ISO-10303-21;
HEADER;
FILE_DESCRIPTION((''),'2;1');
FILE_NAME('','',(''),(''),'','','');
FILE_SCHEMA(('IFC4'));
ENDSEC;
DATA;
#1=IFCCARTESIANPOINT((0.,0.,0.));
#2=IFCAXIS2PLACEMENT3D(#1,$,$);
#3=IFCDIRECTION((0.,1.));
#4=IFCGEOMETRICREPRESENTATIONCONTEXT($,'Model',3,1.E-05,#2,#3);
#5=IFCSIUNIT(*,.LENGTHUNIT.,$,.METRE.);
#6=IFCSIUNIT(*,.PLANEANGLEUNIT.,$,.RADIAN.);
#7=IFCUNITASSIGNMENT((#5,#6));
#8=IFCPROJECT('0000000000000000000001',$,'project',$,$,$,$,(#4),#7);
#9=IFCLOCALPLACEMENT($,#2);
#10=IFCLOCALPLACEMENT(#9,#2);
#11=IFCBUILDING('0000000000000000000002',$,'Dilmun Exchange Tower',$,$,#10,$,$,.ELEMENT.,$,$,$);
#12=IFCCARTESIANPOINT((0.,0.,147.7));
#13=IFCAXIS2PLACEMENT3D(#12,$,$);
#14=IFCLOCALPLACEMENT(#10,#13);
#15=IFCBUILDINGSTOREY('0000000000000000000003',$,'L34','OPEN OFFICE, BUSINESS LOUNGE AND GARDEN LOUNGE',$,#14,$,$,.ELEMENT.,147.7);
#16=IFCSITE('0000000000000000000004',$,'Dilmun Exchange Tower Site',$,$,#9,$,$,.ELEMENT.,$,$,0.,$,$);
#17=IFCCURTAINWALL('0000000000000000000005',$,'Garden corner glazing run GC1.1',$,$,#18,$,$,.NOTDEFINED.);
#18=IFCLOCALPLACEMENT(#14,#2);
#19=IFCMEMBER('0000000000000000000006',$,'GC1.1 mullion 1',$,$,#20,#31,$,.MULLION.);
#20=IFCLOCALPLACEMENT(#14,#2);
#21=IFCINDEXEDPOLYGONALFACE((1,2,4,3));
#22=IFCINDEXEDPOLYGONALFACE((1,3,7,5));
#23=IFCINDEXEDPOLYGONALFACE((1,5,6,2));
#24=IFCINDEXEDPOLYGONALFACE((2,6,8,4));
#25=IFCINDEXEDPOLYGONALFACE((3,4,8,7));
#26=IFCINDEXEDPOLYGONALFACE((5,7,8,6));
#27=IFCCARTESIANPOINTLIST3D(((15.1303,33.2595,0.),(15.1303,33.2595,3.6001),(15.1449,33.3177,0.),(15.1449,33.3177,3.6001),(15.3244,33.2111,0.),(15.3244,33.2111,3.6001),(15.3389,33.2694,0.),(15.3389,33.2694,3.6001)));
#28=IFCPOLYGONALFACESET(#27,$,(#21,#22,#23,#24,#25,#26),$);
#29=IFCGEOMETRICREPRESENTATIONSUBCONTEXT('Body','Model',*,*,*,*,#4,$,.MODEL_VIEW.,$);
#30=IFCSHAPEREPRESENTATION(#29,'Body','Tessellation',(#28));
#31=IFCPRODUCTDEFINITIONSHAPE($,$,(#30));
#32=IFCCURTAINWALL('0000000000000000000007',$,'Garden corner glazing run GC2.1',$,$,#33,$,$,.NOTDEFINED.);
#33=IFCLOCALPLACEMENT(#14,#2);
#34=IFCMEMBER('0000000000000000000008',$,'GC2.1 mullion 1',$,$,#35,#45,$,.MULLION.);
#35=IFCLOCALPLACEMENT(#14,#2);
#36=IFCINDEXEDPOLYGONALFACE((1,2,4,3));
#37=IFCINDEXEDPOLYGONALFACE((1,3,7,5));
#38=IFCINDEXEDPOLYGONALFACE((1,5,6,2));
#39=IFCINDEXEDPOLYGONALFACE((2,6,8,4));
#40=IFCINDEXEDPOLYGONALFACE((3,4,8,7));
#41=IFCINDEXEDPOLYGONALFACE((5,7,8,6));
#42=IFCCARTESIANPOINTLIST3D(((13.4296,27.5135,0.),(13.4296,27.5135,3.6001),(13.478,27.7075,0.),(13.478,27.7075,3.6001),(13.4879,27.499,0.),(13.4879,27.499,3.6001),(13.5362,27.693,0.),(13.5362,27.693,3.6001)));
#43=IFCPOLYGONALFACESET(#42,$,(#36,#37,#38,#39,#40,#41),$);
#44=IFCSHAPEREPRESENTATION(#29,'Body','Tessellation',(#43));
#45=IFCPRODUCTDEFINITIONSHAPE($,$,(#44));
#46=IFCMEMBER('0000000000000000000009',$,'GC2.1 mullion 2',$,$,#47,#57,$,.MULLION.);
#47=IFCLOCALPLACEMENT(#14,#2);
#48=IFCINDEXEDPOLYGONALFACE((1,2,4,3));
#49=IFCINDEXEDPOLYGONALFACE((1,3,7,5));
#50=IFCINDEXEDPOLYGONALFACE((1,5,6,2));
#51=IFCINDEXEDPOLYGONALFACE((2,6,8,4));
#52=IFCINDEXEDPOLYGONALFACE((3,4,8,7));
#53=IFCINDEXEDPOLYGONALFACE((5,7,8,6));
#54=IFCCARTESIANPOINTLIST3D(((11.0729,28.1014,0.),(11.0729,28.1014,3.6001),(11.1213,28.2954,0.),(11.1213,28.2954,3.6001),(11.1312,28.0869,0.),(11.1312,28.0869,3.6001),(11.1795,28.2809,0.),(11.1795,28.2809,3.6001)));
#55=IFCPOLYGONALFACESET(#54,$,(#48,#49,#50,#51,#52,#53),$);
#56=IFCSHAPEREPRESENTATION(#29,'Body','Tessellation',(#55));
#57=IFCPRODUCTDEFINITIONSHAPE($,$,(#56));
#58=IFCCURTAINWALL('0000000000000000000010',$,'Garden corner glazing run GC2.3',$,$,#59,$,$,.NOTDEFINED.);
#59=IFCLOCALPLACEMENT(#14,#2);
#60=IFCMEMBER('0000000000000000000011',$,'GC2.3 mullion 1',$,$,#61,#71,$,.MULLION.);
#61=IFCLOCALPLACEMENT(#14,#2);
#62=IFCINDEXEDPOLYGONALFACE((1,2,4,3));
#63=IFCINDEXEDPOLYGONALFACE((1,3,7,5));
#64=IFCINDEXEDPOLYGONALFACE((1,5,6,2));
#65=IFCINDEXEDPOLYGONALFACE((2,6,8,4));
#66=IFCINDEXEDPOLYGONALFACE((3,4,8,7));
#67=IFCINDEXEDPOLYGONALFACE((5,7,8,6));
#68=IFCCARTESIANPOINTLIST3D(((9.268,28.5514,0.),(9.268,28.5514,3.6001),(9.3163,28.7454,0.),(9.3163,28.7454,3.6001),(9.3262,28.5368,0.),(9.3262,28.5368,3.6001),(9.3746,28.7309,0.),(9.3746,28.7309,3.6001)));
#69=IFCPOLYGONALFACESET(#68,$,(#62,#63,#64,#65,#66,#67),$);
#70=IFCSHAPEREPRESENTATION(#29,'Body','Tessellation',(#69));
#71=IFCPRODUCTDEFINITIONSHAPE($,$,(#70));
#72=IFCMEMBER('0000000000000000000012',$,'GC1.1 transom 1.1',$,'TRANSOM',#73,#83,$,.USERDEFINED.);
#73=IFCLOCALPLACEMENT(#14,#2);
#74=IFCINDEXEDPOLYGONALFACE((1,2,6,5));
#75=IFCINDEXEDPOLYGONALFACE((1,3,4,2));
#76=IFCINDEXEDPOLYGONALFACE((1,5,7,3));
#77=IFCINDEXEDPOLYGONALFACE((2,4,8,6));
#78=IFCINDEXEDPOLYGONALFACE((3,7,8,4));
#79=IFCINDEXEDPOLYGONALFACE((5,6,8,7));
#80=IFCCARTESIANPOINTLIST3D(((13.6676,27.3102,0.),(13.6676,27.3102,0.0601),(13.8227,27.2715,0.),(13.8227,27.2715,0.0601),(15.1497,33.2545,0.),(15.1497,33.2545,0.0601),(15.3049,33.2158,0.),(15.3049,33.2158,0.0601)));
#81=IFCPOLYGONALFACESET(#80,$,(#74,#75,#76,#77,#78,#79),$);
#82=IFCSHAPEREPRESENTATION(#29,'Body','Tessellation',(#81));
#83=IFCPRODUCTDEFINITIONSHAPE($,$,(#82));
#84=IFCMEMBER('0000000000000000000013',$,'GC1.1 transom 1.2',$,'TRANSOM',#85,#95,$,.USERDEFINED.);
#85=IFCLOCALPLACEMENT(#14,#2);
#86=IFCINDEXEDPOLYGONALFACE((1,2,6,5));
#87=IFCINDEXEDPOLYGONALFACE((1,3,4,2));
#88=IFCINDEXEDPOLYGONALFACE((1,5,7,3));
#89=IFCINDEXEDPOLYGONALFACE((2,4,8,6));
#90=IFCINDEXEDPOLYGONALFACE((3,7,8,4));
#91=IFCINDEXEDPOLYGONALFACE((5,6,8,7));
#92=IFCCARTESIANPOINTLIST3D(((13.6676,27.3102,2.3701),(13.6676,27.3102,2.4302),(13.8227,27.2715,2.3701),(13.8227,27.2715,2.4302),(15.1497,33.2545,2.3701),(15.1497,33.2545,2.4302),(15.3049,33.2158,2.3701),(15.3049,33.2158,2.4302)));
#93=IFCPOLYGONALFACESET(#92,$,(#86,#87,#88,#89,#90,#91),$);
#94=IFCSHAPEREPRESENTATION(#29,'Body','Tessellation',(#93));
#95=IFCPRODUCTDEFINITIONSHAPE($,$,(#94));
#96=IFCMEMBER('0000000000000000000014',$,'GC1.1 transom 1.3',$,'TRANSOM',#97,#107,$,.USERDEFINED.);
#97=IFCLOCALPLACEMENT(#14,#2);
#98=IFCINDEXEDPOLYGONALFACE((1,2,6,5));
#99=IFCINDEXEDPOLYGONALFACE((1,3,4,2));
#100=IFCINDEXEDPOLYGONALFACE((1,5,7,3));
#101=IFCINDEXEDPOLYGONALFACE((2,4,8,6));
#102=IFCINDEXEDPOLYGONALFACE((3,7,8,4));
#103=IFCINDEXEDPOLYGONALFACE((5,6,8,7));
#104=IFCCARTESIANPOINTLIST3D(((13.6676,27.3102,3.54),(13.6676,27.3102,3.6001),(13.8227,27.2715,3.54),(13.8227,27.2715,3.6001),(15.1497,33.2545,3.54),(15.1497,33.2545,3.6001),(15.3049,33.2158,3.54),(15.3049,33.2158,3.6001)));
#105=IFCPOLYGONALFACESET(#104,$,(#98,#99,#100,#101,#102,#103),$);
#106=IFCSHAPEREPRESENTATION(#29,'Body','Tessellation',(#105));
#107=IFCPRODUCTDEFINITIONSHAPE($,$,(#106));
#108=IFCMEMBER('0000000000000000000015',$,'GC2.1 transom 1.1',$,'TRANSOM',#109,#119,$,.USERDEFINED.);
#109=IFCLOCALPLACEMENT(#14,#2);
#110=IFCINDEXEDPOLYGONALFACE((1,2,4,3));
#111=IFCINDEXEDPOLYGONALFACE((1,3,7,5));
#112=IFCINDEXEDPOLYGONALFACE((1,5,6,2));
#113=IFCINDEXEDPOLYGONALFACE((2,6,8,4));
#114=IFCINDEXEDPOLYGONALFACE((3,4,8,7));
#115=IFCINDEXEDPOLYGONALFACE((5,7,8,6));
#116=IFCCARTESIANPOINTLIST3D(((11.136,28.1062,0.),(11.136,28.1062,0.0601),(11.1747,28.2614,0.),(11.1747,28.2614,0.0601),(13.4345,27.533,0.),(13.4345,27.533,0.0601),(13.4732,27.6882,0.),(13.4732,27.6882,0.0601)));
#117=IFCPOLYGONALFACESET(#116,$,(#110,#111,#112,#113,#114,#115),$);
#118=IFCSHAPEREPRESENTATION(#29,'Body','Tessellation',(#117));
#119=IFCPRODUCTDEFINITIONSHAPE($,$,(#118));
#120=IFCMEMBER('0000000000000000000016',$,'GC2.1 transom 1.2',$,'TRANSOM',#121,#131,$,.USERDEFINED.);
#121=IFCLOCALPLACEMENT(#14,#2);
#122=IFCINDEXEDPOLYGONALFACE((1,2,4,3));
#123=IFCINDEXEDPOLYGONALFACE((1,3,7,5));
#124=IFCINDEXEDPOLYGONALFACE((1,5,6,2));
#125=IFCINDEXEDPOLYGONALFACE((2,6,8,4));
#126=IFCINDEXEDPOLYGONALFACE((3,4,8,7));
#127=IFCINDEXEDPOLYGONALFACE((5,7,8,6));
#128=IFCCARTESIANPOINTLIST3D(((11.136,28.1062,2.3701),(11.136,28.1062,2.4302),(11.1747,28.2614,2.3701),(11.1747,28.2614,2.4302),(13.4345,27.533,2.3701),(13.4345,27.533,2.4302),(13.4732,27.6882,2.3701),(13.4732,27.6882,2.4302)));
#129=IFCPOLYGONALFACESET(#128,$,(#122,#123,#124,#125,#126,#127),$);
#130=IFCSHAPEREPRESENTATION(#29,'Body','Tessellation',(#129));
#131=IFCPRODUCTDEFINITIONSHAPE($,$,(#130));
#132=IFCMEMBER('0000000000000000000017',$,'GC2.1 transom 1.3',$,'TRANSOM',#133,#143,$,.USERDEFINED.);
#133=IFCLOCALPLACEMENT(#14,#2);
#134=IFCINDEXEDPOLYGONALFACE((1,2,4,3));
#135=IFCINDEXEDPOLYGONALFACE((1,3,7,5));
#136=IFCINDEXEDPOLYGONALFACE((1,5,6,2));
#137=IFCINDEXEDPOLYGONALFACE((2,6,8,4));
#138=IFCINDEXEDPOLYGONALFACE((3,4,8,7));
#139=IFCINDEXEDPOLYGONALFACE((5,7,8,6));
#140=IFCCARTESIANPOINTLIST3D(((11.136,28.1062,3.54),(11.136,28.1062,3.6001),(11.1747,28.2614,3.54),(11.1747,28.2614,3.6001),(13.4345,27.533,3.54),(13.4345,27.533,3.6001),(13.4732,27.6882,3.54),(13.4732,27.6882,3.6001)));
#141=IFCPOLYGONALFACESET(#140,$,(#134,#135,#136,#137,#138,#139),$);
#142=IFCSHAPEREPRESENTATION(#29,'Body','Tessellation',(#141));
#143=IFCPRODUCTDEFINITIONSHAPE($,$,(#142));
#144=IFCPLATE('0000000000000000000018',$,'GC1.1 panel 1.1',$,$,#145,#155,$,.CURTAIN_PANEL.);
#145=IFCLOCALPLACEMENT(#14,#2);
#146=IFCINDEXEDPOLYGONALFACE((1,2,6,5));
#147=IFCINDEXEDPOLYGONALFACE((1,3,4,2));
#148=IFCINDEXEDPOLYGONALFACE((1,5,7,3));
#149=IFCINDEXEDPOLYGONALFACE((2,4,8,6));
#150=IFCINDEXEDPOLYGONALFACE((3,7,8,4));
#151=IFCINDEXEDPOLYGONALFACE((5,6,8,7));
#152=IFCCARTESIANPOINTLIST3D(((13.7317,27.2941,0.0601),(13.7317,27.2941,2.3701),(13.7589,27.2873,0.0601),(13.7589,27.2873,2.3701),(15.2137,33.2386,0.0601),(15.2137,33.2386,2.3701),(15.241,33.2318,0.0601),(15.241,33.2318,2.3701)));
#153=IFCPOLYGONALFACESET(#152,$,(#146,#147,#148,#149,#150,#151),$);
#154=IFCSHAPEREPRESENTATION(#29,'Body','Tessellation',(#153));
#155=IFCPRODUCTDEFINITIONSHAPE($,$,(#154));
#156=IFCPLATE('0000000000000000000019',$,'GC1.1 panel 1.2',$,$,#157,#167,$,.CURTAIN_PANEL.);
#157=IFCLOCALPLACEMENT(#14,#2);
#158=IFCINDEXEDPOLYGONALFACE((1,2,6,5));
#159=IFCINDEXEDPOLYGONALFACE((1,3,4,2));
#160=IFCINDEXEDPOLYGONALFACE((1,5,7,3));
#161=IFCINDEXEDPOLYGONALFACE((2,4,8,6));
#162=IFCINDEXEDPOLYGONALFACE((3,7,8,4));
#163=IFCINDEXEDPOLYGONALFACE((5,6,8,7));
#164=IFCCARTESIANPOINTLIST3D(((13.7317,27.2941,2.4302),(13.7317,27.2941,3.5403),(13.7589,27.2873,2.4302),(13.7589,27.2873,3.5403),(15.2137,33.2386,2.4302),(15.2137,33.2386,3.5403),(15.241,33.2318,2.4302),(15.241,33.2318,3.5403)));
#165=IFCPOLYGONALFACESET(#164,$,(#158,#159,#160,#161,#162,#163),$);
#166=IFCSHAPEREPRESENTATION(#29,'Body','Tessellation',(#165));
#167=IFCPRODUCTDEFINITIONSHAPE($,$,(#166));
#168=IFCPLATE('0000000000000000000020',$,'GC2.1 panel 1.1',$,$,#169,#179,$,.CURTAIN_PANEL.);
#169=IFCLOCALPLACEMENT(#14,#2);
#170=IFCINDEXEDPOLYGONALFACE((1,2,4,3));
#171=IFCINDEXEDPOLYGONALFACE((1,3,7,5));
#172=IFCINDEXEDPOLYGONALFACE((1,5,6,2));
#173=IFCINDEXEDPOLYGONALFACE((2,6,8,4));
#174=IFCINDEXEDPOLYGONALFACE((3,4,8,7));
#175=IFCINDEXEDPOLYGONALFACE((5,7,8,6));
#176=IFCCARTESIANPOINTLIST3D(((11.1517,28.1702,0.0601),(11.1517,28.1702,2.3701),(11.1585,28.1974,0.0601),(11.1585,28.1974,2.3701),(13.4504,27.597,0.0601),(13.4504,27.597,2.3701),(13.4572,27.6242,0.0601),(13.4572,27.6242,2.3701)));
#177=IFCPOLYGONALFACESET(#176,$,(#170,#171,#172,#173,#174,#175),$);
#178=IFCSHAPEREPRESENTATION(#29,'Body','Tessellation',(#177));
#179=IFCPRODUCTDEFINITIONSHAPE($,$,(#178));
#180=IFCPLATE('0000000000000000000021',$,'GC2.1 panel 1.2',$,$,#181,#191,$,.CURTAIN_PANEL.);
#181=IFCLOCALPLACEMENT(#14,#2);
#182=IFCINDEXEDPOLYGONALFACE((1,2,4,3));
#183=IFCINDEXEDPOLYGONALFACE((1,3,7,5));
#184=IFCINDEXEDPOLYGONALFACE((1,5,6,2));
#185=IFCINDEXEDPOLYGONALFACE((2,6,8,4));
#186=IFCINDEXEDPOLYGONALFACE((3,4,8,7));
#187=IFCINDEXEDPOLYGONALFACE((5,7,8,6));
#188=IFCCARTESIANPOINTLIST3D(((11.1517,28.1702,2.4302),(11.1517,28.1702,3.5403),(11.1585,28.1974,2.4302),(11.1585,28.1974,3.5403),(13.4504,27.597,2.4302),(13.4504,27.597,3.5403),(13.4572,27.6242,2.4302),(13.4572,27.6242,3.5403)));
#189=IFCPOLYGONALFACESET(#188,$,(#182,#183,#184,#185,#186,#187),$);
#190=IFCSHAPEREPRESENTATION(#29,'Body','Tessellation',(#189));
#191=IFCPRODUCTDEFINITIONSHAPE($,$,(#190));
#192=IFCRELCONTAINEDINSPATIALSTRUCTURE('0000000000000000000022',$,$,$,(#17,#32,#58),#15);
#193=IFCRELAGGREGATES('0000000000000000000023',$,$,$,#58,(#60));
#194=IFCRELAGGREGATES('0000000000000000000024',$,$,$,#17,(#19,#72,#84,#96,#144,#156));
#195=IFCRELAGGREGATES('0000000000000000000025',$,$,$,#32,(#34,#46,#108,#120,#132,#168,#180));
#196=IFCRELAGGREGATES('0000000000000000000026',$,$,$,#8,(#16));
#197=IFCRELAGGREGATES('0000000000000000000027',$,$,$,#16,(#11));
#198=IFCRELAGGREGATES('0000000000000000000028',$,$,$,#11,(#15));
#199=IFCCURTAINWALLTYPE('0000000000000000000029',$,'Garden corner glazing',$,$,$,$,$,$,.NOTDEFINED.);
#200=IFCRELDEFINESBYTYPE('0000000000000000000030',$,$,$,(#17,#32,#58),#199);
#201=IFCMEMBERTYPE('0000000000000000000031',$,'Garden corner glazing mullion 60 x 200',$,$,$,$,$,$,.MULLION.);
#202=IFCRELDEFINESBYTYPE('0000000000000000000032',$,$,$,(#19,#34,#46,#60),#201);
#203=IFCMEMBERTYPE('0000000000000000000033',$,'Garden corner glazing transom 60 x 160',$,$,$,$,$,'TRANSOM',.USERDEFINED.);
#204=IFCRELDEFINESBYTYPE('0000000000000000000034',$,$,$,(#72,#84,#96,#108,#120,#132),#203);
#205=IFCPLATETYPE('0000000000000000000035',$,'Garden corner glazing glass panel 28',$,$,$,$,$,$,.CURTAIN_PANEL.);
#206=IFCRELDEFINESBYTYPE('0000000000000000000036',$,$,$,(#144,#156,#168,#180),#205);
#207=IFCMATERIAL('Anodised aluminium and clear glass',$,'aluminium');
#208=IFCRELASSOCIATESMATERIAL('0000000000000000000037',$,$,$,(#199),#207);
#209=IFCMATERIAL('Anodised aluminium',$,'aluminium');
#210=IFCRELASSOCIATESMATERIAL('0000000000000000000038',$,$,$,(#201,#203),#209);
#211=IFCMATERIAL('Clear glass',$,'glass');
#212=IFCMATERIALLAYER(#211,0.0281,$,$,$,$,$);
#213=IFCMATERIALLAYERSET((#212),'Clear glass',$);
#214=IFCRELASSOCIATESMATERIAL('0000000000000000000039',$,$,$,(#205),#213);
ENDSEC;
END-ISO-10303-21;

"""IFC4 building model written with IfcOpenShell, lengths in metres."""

from ifc_helpers import new_model, si_unit, direction, frame, origin, origin_2d, place, context, subcontext, project, spatial, rectangle, extrude, material, layer, layer_set, material_profile, profile_set, type_object, element, aggregate, save


model = new_model("IFC4")

# Units and contexts
model_context = context("Model", 3, precision=1e-05, world=origin(), true_north=direction((0.0, 1.0)))
body_context = subcontext(model_context, "Body", "Model", "MODEL_VIEW")
ifc_project = project(units=[si_unit("LENGTHUNIT", "METRE"), si_unit("PLANEANGLEUNIT", "RADIAN")], contexts=[model_context])

# Site, building, storey
site_placement = place(None, origin())
site = spatial("IfcSite", under=ifc_project, at=site_placement, Name="Dilmun Exchange Tower Site", CompositionType="ELEMENT", RefElevation=0.0)
building_placement = place(site_placement, origin())
building = spatial("IfcBuilding", under=site, at=building_placement, Name="Dilmun Exchange Tower", CompositionType="ELEMENT")
storey_placement = place(building_placement, frame((0.0, 0.0, 147.7)))
storey = spatial("IfcBuildingStorey", under=building, at=storey_placement, Name="L34", Description="OPEN OFFICE, BUSINESS LOUNGE AND GARDEN LOUNGE", CompositionType="ELEMENT", Elevation=147.7)

# Curtain wall, member
ifc_material_1 = material(Name="Anodised aluminium and clear glass", Category="aluminium")
curtain_wall_type = type_object("IfcCurtainWallType", Name="Garden corner glazing", PredefinedType="NOTDEFINED", material=ifc_material_1)
curtain_wall_1_placement = place(storey_placement, origin())
curtain_wall_1 = element("IfcCurtainWall", 1, at=curtain_wall_1_placement, inside=storey, type_object=curtain_wall_type, Name="Garden corner glazing run GC1.1", PredefinedType="NOTDEFINED")
ifc_material_2 = material(Name="Anodised aluminium", Category="aluminium")
ifc_material_profile_1 = material_profile(ifc_material_2, rectangle(XDim=0.2, YDim=0.0601, at=origin_2d()), Name="AL 60x200")
ifc_profile_set_1 = profile_set([ifc_material_profile_1], Name="Anodised aluminium")
member_type_1 = type_object("IfcMemberType", Name="Garden corner glazing mullion 60 x 200", PredefinedType="MULLION", material=ifc_profile_set_1)
member_1_placement = place(storey_placement, frame((15.2346, 33.2644, 0.0), z_axis=(0.0, 0.0, 1.0), x_axis=(0.970298, -0.241914, 0.0)))
member_1 = element("IfcMember", 2, at=member_1_placement, type_object=member_type_1, Name="GC1.1 mullion 1", PredefinedType="MULLION", context=body_context, shape_type="SweptSolid", body=[
    extrude(rectangle(XDim=0.2, YDim=0.0601, at=origin_2d()), origin(), (0.0, 0.0, 1.0), 3.6001),
])

# Curtain wall, members
curtain_wall_2_placement = place(storey_placement, origin())
curtain_wall_2 = element("IfcCurtainWall", 3, at=curtain_wall_2_placement, inside=storey, type_object=curtain_wall_type, Name="Garden corner glazing run GC2.1", PredefinedType="NOTDEFINED")
member_2_placement = place(storey_placement, frame((13.4829, 27.6033, 0.0), z_axis=(0.0, 0.0, 1.0), x_axis=(-0.24194, -0.970291, 0.0)))
member_2 = element("IfcMember", 4, at=member_2_placement, type_object=member_type_1, Name="GC2.1 mullion 1", PredefinedType="MULLION", context=body_context, shape_type="SweptSolid", body=[
    extrude(rectangle(XDim=0.2, YDim=0.0601, at=origin_2d()), origin(), (0.0, 0.0, 1.0), 3.6001),
])
member_3_placement = place(storey_placement, frame((11.1262, 28.1912, 0.0), z_axis=(0.0, 0.0, 1.0), x_axis=(-0.24194, -0.970291, 0.0)))
member_3 = element("IfcMember", 5, at=member_3_placement, type_object=member_type_1, Name="GC2.1 mullion 2", PredefinedType="MULLION", context=body_context, shape_type="SweptSolid", body=[
    extrude(rectangle(XDim=0.2, YDim=0.0601, at=origin_2d()), origin(), (0.0, 0.0, 1.0), 3.6001),
])

# Curtain wall, member
curtain_wall_3_placement = place(storey_placement, origin())
curtain_wall_3 = element("IfcCurtainWall", 6, at=curtain_wall_3_placement, inside=storey, type_object=curtain_wall_type, Name="Garden corner glazing run GC2.3", PredefinedType="NOTDEFINED")
member_4_placement = place(storey_placement, frame((9.3213, 28.6411, 0.0), z_axis=(0.0, 0.0, 1.0), x_axis=(-0.241895, -0.970302, 0.0)))
member_4 = element("IfcMember", 7, at=member_4_placement, type_object=member_type_1, Name="GC2.3 mullion 1", PredefinedType="MULLION", context=body_context, shape_type="SweptSolid", body=[
    extrude(rectangle(XDim=0.2, YDim=0.0601, at=origin_2d()), origin(), (0.0, 0.0, 1.0), 3.6001),
])
aggregate(curtain_wall_3, [member_4])

# Members
ifc_material_profile_2 = material_profile(ifc_material_2, rectangle(XDim=0.1599, YDim=0.0601, at=origin_2d()), Name="AL 60x160")
ifc_profile_set_2 = profile_set([ifc_material_profile_2], Name="Anodised aluminium")
member_type_2 = type_object("IfcMemberType", Name="Garden corner glazing transom 60 x 160", ElementType="TRANSOM", PredefinedType="USERDEFINED", material=ifc_profile_set_2)
member_5_placement = place(storey_placement, frame((15.2273, 33.2351, 0.03), z_axis=(-0.241935, -0.970292, 0.0), x_axis=(0.970292, -0.241935, 0.0)))
member_5 = element("IfcMember", 8, at=member_5_placement, type_object=member_type_2, Name="GC1.1 transom 1.1", ObjectType="TRANSOM", PredefinedType="USERDEFINED", context=body_context, shape_type="SweptSolid", body=[
    extrude(rectangle(XDim=0.1599, YDim=0.0601, at=origin_2d()), origin(), (0.0, 0.0, 1.0), 6.1262),
])
member_6_placement = place(storey_placement, frame((15.2273, 33.2351, 2.4001), z_axis=(-0.241935, -0.970292, 0.0), x_axis=(0.970292, -0.241935, 0.0)))
member_6 = element("IfcMember", 9, at=member_6_placement, type_object=member_type_2, Name="GC1.1 transom 1.2", ObjectType="TRANSOM", PredefinedType="USERDEFINED", context=body_context, shape_type="SweptSolid", body=[
    extrude(rectangle(XDim=0.1599, YDim=0.0601, at=origin_2d()), origin(), (0.0, 0.0, 1.0), 6.1262),
])
member_7_placement = place(storey_placement, frame((15.2273, 33.2351, 3.5701), z_axis=(-0.241935, -0.970292, 0.0), x_axis=(0.970292, -0.241935, 0.0)))
member_7 = element("IfcMember", 10, at=member_7_placement, type_object=member_type_2, Name="GC1.1 transom 1.3", ObjectType="TRANSOM", PredefinedType="USERDEFINED", context=body_context, shape_type="SweptSolid", body=[
    extrude(rectangle(XDim=0.1599, YDim=0.0601, at=origin_2d()), origin(), (0.0, 0.0, 1.0), 6.1262),
])
member_8_placement = place(storey_placement, frame((13.4539, 27.6106, 0.03), z_axis=(-0.970282, 0.241978, 0.0), x_axis=(-0.241978, -0.970282, 0.0)))
member_8 = element("IfcMember", 11, at=member_8_placement, type_object=member_type_2, Name="GC2.1 transom 1.1", ObjectType="TRANSOM", PredefinedType="USERDEFINED", context=body_context, shape_type="SweptSolid", body=[
    extrude(rectangle(XDim=0.1599, YDim=0.0601, at=origin_2d()), origin(), (0.0, 0.0, 1.0), 2.3689),
])
member_9_placement = place(storey_placement, frame((13.4539, 27.6106, 2.4001), z_axis=(-0.970282, 0.241978, 0.0), x_axis=(-0.241978, -0.970282, 0.0)))
member_9 = element("IfcMember", 12, at=member_9_placement, type_object=member_type_2, Name="GC2.1 transom 1.2", ObjectType="TRANSOM", PredefinedType="USERDEFINED", context=body_context, shape_type="SweptSolid", body=[
    extrude(rectangle(XDim=0.1599, YDim=0.0601, at=origin_2d()), origin(), (0.0, 0.0, 1.0), 2.3689),
])
member_10_placement = place(storey_placement, frame((13.4539, 27.6106, 3.5701), z_axis=(-0.970282, 0.241978, 0.0), x_axis=(-0.241978, -0.970282, 0.0)))
member_10 = element("IfcMember", 13, at=member_10_placement, type_object=member_type_2, Name="GC2.1 transom 1.3", ObjectType="TRANSOM", PredefinedType="USERDEFINED", context=body_context, shape_type="SweptSolid", body=[
    extrude(rectangle(XDim=0.1599, YDim=0.0601, at=origin_2d()), origin(), (0.0, 0.0, 1.0), 2.3689),
])

# Plates
ifc_material_3 = material(Name="Clear glass", Category="glass")
ifc_layer_1 = layer(ifc_material_3, 0.0281)
ifc_layer_set_1 = layer_set([ifc_layer_1], Name="Clear glass")
plate_type = type_object("IfcPlateType", Name="Garden corner glazing glass panel 28", PredefinedType="CURTAIN_PANEL", material=ifc_layer_set_1)
plate_1_placement = place(storey_placement, frame((14.4863, 30.2629, 0.0601), z_axis=(0.0, 0.0, 1.0), x_axis=(-0.241914, -0.970298, 0.0)))
plate_1 = element("IfcPlate", 14, at=plate_1_placement, type_object=plate_type, Name="GC1.1 panel 1.1", PredefinedType="CURTAIN_PANEL", context=body_context, shape_type="SweptSolid", body=[
    extrude(rectangle(XDim=6.1265, YDim=0.0281, at=origin_2d()), origin(), (0.0, 0.0, 1.0), 2.3101),
])
plate_2_placement = place(storey_placement, frame((14.4863, 30.2629, 2.4302), z_axis=(0.0, 0.0, 1.0), x_axis=(-0.241914, -0.970298, 0.0)))
plate_2 = element("IfcPlate", 15, at=plate_2_placement, type_object=plate_type, Name="GC1.1 panel 1.2", PredefinedType="CURTAIN_PANEL", context=body_context, shape_type="SweptSolid", body=[
    extrude(rectangle(XDim=6.1265, YDim=0.0281, at=origin_2d()), origin(), (0.0, 0.0, 1.0), 1.1101),
])
aggregate(curtain_wall_1, [member_1, member_5, member_6, member_7, plate_1, plate_2])
plate_3_placement = place(storey_placement, frame((12.3044, 27.8972, 0.0601), z_axis=(0.0, 0.0, 1.0), x_axis=(-0.970291, 0.24194, 0.0)))
plate_3 = element("IfcPlate", 16, at=plate_3_placement, type_object=plate_type, Name="GC2.1 panel 1.1", PredefinedType="CURTAIN_PANEL", context=body_context, shape_type="SweptSolid", body=[
    extrude(rectangle(XDim=2.3691, YDim=0.0281, at=origin_2d()), origin(), (0.0, 0.0, 1.0), 2.3101),
])
plate_4_placement = place(storey_placement, frame((12.3044, 27.8972, 2.4302), z_axis=(0.0, 0.0, 1.0), x_axis=(-0.970291, 0.24194, 0.0)))
plate_4 = element("IfcPlate", 17, at=plate_4_placement, type_object=plate_type, Name="GC2.1 panel 1.2", PredefinedType="CURTAIN_PANEL", context=body_context, shape_type="SweptSolid", body=[
    extrude(rectangle(XDim=2.3691, YDim=0.0281, at=origin_2d()), origin(), (0.0, 0.0, 1.0), 1.1101),
])
aggregate(curtain_wall_2, [member_2, member_3, member_8, member_9, member_10, plate_3, plate_4])

save(model, "model.ifc")
